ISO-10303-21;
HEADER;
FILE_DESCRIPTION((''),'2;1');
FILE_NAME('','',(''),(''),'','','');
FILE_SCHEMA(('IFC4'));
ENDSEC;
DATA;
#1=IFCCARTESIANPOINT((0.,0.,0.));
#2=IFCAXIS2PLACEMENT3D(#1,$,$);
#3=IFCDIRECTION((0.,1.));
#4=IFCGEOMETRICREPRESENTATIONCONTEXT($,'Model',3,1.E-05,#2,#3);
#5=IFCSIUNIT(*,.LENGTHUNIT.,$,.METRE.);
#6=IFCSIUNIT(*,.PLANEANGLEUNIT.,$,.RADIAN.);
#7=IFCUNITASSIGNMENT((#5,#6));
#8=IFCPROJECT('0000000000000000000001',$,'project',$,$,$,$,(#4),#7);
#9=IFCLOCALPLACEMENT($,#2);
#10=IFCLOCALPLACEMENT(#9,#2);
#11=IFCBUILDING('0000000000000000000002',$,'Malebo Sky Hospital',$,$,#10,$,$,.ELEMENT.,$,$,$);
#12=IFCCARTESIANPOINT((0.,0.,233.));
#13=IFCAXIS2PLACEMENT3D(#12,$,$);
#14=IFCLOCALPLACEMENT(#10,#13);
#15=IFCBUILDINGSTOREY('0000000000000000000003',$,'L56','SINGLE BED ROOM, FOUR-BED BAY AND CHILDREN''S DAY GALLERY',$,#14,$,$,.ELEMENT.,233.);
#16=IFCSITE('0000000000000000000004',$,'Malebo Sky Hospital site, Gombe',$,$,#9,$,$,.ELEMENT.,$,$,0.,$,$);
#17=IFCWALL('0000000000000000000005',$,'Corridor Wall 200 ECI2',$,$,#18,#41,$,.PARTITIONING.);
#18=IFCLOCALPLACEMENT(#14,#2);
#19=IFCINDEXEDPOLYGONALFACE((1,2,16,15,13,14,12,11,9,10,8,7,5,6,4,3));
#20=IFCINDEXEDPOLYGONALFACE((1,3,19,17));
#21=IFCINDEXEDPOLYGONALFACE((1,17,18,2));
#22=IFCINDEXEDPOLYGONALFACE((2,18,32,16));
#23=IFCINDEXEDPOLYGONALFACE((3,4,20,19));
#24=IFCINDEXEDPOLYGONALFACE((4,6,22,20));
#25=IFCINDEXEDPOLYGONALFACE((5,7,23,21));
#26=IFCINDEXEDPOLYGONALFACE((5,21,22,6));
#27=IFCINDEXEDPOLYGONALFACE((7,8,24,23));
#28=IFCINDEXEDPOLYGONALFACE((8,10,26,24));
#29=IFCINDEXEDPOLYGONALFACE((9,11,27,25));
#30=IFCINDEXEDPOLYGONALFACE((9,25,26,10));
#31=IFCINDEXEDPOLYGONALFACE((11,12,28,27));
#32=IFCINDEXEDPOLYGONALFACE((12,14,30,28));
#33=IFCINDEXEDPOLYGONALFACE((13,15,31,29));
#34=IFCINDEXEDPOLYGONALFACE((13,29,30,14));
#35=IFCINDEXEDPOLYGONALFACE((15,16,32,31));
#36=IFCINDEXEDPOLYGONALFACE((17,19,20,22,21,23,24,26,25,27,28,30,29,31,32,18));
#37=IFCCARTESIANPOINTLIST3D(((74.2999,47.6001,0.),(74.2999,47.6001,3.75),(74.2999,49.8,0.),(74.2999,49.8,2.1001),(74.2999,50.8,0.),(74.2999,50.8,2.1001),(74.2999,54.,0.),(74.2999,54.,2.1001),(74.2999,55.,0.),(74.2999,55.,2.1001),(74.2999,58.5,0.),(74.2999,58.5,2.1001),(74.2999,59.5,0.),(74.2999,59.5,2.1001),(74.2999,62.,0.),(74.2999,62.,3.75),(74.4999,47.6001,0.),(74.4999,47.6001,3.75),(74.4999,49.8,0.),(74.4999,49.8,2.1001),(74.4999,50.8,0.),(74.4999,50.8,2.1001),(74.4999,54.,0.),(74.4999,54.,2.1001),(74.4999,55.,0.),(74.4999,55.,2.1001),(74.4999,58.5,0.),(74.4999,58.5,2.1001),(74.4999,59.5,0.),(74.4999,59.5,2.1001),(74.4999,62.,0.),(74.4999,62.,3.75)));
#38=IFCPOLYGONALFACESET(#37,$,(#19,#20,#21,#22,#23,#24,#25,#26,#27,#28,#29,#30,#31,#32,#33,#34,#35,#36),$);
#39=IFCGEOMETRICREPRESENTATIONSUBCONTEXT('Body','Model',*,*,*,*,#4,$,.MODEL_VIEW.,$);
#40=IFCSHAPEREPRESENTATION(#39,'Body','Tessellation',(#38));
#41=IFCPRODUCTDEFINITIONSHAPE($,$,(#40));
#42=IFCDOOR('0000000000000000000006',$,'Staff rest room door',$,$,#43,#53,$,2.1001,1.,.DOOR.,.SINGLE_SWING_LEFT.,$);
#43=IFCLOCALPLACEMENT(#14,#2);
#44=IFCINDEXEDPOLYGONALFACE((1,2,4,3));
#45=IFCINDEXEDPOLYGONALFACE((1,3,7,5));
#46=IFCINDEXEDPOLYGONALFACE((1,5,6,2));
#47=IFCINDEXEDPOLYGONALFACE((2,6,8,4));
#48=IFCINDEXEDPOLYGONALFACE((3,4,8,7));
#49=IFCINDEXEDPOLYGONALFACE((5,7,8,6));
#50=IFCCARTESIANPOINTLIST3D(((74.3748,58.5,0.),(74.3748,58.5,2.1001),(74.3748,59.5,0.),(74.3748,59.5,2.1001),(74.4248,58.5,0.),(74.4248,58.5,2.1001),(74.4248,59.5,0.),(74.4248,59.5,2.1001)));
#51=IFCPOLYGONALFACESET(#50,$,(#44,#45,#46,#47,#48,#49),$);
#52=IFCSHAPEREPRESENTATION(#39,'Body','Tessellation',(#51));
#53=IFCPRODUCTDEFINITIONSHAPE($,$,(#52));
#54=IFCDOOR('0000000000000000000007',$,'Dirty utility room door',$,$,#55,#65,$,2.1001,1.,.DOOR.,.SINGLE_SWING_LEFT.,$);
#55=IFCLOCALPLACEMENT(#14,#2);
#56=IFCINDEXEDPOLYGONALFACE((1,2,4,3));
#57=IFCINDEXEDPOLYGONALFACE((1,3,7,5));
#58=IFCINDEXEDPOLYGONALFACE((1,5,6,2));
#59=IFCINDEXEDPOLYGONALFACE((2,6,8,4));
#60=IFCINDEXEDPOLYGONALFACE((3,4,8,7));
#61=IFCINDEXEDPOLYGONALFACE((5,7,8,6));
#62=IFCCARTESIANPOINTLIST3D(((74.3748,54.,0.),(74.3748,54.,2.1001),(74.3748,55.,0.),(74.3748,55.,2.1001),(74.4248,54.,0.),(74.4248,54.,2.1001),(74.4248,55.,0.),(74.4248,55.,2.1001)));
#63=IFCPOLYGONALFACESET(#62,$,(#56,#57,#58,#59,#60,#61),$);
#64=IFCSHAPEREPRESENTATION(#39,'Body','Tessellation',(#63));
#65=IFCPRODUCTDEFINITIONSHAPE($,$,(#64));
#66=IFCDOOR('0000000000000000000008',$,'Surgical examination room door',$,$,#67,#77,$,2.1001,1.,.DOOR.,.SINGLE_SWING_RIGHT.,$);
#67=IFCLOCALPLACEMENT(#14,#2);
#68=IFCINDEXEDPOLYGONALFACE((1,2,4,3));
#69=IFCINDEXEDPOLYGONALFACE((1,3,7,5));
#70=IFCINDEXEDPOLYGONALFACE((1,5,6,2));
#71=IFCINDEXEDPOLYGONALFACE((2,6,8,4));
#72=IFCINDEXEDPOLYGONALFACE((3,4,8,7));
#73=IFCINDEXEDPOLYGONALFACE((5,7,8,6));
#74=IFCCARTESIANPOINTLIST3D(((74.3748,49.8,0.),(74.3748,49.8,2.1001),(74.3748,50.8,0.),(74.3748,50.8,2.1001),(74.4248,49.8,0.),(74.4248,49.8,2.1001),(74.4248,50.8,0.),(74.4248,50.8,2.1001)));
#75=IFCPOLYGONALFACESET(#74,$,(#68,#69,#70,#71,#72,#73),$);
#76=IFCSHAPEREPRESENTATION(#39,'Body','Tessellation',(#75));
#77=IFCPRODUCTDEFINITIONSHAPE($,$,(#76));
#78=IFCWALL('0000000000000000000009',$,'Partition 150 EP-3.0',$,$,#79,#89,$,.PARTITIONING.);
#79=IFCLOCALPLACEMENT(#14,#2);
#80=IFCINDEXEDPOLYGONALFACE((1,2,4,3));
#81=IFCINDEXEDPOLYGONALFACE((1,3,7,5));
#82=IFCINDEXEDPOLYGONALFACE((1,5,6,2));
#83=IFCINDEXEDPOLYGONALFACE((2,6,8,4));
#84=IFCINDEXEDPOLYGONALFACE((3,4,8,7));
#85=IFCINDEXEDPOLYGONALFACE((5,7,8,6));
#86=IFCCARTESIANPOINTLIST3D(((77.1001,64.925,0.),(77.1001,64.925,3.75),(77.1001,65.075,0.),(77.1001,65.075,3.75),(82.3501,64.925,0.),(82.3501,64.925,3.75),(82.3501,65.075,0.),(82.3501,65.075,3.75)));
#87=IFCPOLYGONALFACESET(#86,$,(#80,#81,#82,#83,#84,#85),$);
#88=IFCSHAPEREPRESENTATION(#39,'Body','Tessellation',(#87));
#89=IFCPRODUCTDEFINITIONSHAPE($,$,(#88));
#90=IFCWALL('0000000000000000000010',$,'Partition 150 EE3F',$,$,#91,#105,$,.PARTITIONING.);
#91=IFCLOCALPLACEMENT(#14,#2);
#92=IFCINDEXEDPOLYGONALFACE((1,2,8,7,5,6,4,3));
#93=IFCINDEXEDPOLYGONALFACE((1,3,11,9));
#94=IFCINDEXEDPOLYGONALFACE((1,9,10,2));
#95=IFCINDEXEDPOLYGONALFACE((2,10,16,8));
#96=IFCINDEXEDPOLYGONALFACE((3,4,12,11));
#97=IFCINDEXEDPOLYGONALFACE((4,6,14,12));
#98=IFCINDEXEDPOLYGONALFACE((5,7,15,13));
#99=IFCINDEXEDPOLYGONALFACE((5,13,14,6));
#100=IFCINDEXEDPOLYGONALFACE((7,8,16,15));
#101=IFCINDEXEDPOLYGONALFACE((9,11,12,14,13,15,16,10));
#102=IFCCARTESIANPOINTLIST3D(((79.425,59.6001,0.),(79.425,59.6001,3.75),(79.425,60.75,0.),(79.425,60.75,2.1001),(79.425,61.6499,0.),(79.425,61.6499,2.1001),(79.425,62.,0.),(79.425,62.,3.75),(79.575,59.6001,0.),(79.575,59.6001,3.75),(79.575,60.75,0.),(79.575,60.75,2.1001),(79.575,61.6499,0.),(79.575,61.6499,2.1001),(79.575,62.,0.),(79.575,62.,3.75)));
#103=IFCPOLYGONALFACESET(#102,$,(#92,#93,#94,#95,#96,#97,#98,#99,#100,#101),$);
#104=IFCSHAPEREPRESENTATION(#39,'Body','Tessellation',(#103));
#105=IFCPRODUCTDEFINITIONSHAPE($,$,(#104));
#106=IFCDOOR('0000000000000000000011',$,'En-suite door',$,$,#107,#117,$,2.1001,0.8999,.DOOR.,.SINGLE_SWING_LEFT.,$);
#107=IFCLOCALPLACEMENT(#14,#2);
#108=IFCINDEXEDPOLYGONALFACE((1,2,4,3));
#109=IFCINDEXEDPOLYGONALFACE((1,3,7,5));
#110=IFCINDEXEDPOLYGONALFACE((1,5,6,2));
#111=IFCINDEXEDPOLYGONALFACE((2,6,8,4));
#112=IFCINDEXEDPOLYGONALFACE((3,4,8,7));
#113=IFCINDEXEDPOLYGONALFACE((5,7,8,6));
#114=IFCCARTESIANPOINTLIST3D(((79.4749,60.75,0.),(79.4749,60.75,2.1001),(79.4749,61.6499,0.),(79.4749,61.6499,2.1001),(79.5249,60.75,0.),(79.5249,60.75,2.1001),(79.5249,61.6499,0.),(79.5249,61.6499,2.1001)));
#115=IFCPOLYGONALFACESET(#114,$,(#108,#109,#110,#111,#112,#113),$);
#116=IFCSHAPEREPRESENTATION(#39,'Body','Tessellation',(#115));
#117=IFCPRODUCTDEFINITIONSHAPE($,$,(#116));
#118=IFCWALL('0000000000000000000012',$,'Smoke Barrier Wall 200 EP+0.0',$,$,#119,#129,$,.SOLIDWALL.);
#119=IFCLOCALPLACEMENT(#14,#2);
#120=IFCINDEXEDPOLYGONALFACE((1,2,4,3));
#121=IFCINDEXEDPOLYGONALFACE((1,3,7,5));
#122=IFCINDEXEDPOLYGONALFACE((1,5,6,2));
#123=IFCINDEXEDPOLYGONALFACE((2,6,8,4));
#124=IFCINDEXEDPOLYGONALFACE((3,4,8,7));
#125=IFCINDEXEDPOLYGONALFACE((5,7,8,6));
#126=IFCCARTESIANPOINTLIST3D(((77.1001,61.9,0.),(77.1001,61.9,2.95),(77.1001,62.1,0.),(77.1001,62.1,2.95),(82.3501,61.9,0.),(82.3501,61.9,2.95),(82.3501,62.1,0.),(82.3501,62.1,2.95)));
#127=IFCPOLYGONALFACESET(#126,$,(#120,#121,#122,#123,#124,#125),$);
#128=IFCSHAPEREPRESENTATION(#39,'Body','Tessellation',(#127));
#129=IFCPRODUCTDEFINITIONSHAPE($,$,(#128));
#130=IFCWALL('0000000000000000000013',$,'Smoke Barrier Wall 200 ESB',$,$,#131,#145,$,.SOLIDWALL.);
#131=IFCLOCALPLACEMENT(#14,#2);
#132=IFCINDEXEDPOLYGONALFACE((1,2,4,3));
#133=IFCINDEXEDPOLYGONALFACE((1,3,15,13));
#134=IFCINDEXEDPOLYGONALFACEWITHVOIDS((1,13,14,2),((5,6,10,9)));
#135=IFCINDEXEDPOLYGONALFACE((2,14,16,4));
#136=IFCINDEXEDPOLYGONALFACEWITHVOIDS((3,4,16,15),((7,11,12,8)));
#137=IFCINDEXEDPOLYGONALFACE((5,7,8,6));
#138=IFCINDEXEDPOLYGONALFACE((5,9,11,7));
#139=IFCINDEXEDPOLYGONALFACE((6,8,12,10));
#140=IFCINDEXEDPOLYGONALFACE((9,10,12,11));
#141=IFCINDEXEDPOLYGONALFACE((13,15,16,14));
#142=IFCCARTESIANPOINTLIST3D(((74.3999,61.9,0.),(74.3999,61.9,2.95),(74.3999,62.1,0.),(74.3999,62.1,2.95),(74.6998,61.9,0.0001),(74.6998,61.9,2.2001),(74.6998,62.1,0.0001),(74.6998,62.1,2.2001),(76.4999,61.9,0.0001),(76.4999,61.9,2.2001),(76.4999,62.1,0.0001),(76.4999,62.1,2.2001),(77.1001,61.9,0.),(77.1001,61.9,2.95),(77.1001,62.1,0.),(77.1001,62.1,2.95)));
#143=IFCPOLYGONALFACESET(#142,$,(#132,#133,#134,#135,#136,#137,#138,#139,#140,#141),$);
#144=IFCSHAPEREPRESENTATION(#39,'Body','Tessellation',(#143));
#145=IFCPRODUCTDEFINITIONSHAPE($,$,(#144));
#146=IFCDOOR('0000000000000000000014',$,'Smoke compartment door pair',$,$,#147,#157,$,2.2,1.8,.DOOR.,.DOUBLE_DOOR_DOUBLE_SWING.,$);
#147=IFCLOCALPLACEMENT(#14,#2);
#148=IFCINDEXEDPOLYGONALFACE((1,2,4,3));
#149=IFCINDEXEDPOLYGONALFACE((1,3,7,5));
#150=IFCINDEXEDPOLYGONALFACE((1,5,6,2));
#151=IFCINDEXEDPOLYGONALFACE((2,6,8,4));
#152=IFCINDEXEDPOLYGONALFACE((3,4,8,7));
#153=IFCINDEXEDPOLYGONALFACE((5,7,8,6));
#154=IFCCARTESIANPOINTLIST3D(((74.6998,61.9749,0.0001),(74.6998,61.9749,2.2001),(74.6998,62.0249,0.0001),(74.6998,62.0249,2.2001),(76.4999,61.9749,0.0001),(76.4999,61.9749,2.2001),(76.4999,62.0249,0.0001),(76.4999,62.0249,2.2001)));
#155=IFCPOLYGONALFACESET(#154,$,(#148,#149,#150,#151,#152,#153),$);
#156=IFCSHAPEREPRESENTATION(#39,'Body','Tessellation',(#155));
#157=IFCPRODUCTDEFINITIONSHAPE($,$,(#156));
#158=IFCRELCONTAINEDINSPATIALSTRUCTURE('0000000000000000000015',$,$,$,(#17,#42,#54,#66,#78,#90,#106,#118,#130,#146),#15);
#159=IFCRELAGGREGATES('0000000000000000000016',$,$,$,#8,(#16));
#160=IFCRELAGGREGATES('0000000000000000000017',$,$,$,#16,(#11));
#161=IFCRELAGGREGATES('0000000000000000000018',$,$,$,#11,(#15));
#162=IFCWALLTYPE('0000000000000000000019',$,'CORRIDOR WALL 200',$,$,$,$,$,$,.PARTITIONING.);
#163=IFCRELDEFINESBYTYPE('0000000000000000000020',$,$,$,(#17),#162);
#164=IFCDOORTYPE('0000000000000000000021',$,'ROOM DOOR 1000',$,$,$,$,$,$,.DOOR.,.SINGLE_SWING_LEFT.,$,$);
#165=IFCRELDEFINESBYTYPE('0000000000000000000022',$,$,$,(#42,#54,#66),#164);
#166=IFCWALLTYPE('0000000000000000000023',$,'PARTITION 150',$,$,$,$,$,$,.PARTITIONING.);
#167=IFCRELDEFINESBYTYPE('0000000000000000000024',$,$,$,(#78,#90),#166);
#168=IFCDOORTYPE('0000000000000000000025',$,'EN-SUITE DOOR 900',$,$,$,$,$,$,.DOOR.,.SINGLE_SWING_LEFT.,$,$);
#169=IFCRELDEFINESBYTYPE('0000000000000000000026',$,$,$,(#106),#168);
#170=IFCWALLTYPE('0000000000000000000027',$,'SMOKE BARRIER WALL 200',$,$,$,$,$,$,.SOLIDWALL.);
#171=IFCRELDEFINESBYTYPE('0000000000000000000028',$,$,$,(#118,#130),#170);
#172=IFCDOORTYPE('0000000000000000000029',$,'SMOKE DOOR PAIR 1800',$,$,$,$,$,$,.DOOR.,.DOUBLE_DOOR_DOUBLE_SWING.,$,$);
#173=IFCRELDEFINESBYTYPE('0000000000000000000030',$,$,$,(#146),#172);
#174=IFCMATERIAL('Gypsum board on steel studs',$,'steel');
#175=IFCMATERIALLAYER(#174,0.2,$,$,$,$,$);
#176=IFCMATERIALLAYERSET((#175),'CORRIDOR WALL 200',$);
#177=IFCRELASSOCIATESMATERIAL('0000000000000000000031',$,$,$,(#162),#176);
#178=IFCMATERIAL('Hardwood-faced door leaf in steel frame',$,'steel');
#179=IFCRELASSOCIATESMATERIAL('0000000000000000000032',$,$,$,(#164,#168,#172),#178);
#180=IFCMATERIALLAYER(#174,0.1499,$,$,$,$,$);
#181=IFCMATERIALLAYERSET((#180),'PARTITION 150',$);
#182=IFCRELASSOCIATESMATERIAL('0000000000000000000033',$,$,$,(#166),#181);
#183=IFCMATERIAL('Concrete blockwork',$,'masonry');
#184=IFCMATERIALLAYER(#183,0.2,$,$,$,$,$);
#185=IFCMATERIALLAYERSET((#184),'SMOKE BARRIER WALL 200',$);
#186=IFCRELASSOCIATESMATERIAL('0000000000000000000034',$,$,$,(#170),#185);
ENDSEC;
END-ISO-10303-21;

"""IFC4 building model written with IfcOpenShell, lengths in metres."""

from ifc_helpers import new_model, si_unit, direction, frame, frame_2d, origin, place, context, subcontext, project, spatial, rectangle, extrude, material, layer, layer_set, type_object, element, fill, save


model = new_model("IFC4")

# Units and contexts
model_context = context("Model", 3, precision=1e-05, world=origin(), true_north=direction((0.0, 1.0)))
body_context = subcontext(model_context, "Body", "Model", "MODEL_VIEW")
ifc_project = project(units=[si_unit("LENGTHUNIT", "METRE"), si_unit("PLANEANGLEUNIT", "RADIAN")], contexts=[model_context])

# Site, building, storey
site_placement = place(None, origin())
site = spatial("IfcSite", under=ifc_project, at=site_placement, Name="Malebo Sky Hospital site, Gombe", CompositionType="ELEMENT", RefElevation=0.0)
building_placement = place(site_placement, origin())
building = spatial("IfcBuilding", under=site, at=building_placement, Name="Malebo Sky Hospital", CompositionType="ELEMENT")
storey_placement = place(building_placement, frame((0.0, 0.0, 233.0)))
storey = spatial("IfcBuildingStorey", under=building, at=storey_placement, Name="L56", Description="SINGLE BED ROOM, FOUR-BED BAY AND CHILDREN'S DAY GALLERY", CompositionType="ELEMENT", Elevation=233.0)

# Wall, openings, doors
ifc_material_1 = material(Name="Gypsum board on steel studs", Category="steel")
ifc_layer_1 = layer(ifc_material_1, 0.2)
ifc_layer_set_1 = layer_set([ifc_layer_1], Name="CORRIDOR WALL 200")
wall_type_1 = type_object("IfcWallType", Name="CORRIDOR WALL 200", PredefinedType="PARTITIONING", material=ifc_layer_set_1)
wall_1_placement = place(storey_placement, frame((74.3999, 62.0, 0.0), z_axis=(0.0, 0.0, 1.0), x_axis=(0.0, -1.0, 0.0)))
wall_1 = element("IfcWall", 1, at=wall_1_placement, inside=storey, type_object=wall_type_1, Name="Corridor Wall 200 ECI2", PredefinedType="PARTITIONING", context=body_context, shape_type="SweptSolid", body=[
    extrude(rectangle(XDim=14.3999, YDim=0.2, at=frame_2d((7.2, 0.0))), origin(), (0.0, 0.0, 1.0), 3.75),
])
opening_1_placement = place(wall_1_placement, frame((2.5, 0.0, 0.0)))
opening_1 = element("IfcOpeningElement", 2, at=opening_1_placement, cuts=wall_1, PredefinedType="OPENING", context=body_context, shape_type="SweptSolid", body=[
    extrude(rectangle(XDim=1.0, YDim=2.1001, at=frame_2d((0.5, 1.05))), frame((0.0, 0.1099, 0.0), z_axis=(0.0, -1.0, 0.0), x_axis=(1.0, 0.0, 0.0)), (0.0, 0.0, 1.0), 0.22),
])
opening_2_placement = place(wall_1_placement, frame((7.0, 0.0, 0.0)))
opening_2 = element("IfcOpeningElement", 3, at=opening_2_placement, cuts=wall_1, PredefinedType="OPENING", context=body_context, shape_type="SweptSolid", body=[
    extrude(rectangle(XDim=1.0, YDim=2.1001, at=frame_2d((0.5, 1.05))), frame((0.0, 0.1099, 0.0), z_axis=(0.0, -1.0, 0.0), x_axis=(1.0, 0.0, 0.0)), (0.0, 0.0, 1.0), 0.22),
])
opening_3_placement = place(wall_1_placement, frame((11.2, 0.0, 0.0)))
opening_3 = element("IfcOpeningElement", 4, at=opening_3_placement, cuts=wall_1, PredefinedType="OPENING", context=body_context, shape_type="SweptSolid", body=[
    extrude(rectangle(XDim=1.0, YDim=2.1001, at=frame_2d((0.5, 1.05))), frame((0.0, 0.1099, 0.0), z_axis=(0.0, -1.0, 0.0), x_axis=(1.0, 0.0, 0.0)), (0.0, 0.0, 1.0), 0.22),
])
ifc_material_2 = material(Name="Hardwood-faced door leaf in steel frame", Category="steel")
door_type_1 = type_object("IfcDoorType", Name="ROOM DOOR 1000", OperationType="SINGLE_SWING_LEFT", PredefinedType="DOOR", material=ifc_material_2)
door_1_placement = place(opening_1_placement, origin())
door_1 = element("IfcDoor", 5, at=door_1_placement, inside=storey, type_object=door_type_1, Name="Staff rest room door", OperationType="SINGLE_SWING_LEFT", OverallHeight=2.1001, OverallWidth=1.0, PredefinedType="DOOR", context=body_context, shape_type="SweptSolid", body=[
    extrude(rectangle(XDim=1.0, YDim=2.1001, at=frame_2d((0.5, 1.05))), frame((0.0, 0.0249, 0.0), z_axis=(0.0, -1.0, 0.0), x_axis=(1.0, 0.0, 0.0)), (0.0, 0.0, 1.0), 0.05),
])
fill(opening_1, door_1)
door_2_placement = place(opening_2_placement, origin())
door_2 = element("IfcDoor", 6, at=door_2_placement, inside=storey, type_object=door_type_1, Name="Dirty utility room door", OperationType="SINGLE_SWING_LEFT", OverallHeight=2.1001, OverallWidth=1.0, PredefinedType="DOOR", context=body_context, shape_type="SweptSolid", body=[
    extrude(rectangle(XDim=1.0, YDim=2.1001, at=frame_2d((0.5, 1.05))), frame((0.0, 0.0249, 0.0), z_axis=(0.0, -1.0, 0.0), x_axis=(1.0, 0.0, 0.0)), (0.0, 0.0, 1.0), 0.05),
])
fill(opening_2, door_2)
door_3_placement = place(opening_3_placement, origin())
door_3 = element("IfcDoor", 7, at=door_3_placement, inside=storey, type_object=door_type_1, Name="Surgical examination room door", OperationType="SINGLE_SWING_RIGHT", OverallHeight=2.1001, OverallWidth=1.0, PredefinedType="DOOR", context=body_context, shape_type="SweptSolid", body=[
    extrude(rectangle(XDim=1.0, YDim=2.1001, at=frame_2d((0.5, 1.05))), frame((0.0, 0.0249, 0.0), z_axis=(0.0, -1.0, 0.0), x_axis=(1.0, 0.0, 0.0)), (0.0, 0.0, 1.0), 0.05),
])
fill(opening_3, door_3)

# Wall
ifc_layer_2 = layer(ifc_material_1, 0.1499)
ifc_layer_set_2 = layer_set([ifc_layer_2], Name="PARTITION 150")
wall_type_2 = type_object("IfcWallType", Name="PARTITION 150", PredefinedType="PARTITIONING", material=ifc_layer_set_2)
wall_2_placement = place(storey_placement, frame((77.1001, 65.0, 0.0), z_axis=(0.0, 0.0, 1.0), x_axis=(1.0, 0.0, 0.0)))
element("IfcWall", 8, at=wall_2_placement, inside=storey, type_object=wall_type_2, Name="Partition 150 EP-3.0", PredefinedType="PARTITIONING", context=body_context, shape_type="SweptSolid", body=[
    extrude(rectangle(XDim=5.25, YDim=0.1499, at=frame_2d((2.625, 0.0))), origin(), (0.0, 0.0, 1.0), 3.75),
])

# Wall, opening, door
wall_3_placement = place(storey_placement, frame((79.5, 62.0, 0.0), z_axis=(0.0, 0.0, 1.0), x_axis=(0.0, -1.0, 0.0)))
wall_3 = element("IfcWall", 9, at=wall_3_placement, inside=storey, type_object=wall_type_2, Name="Partition 150 EE3F", PredefinedType="PARTITIONING", context=body_context, shape_type="SweptSolid", body=[
    extrude(rectangle(XDim=2.3999, YDim=0.1499, at=frame_2d((1.2, 0.0))), origin(), (0.0, 0.0, 1.0), 3.75),
])
opening_4_placement = place(wall_3_placement, frame((0.3501, 0.0, 0.0)))
opening_4 = element("IfcOpeningElement", 10, at=opening_4_placement, cuts=wall_3, PredefinedType="OPENING", context=body_context, shape_type="SweptSolid", body=[
    extrude(rectangle(XDim=0.8999, YDim=2.1001, at=frame_2d((0.45, 1.05))), frame((0.0, 0.085, 0.0), z_axis=(0.0, -1.0, 0.0), x_axis=(1.0, 0.0, 0.0)), (0.0, 0.0, 1.0), 0.1699),
])
door_type_2 = type_object("IfcDoorType", Name="EN-SUITE DOOR 900", OperationType="SINGLE_SWING_LEFT", PredefinedType="DOOR", material=ifc_material_2)
door_4_placement = place(opening_4_placement, origin())
door_4 = element("IfcDoor", 11, at=door_4_placement, inside=storey, type_object=door_type_2, Name="En-suite door", OperationType="SINGLE_SWING_LEFT", OverallHeight=2.1001, OverallWidth=0.8999, PredefinedType="DOOR", context=body_context, shape_type="SweptSolid", body=[
    extrude(rectangle(XDim=0.8999, YDim=2.1001, at=frame_2d((0.45, 1.05))), frame((0.0, 0.0249, 0.0), z_axis=(0.0, -1.0, 0.0), x_axis=(1.0, 0.0, 0.0)), (0.0, 0.0, 1.0), 0.05),
])
fill(opening_4, door_4)

# Wall
ifc_material_3 = material(Name="Concrete blockwork", Category="masonry")
ifc_layer_3 = layer(ifc_material_3, 0.2)
ifc_layer_set_3 = layer_set([ifc_layer_3], Name="SMOKE BARRIER WALL 200")
wall_type_3 = type_object("IfcWallType", Name="SMOKE BARRIER WALL 200", PredefinedType="SOLIDWALL", material=ifc_layer_set_3)
wall_4_placement = place(storey_placement, frame((77.1001, 62.0, 0.0), z_axis=(0.0, 0.0, 1.0), x_axis=(1.0, 0.0, 0.0)))
element("IfcWall", 12, at=wall_4_placement, inside=storey, type_object=wall_type_3, Name="Smoke Barrier Wall 200 EP+0.0", PredefinedType="SOLIDWALL", context=body_context, shape_type="SweptSolid", body=[
    extrude(rectangle(XDim=5.25, YDim=0.2, at=frame_2d((2.625, 0.0))), origin(), (0.0, 0.0, 1.0), 2.95),
])

# Wall, opening, door
wall_5_placement = place(storey_placement, frame((74.3999, 62.0, 0.0), z_axis=(0.0, 0.0, 1.0), x_axis=(1.0, 0.0, 0.0)))
wall_5 = element("IfcWall", 13, at=wall_5_placement, inside=storey, type_object=wall_type_3, Name="Smoke Barrier Wall 200 ESB", PredefinedType="SOLIDWALL", context=body_context, shape_type="SweptSolid", body=[
    extrude(rectangle(XDim=2.7002, YDim=0.2, at=frame_2d((1.3501, 0.0))), origin(), (0.0, 0.0, 1.0), 2.95),
])
opening_5_placement = place(wall_5_placement, frame((0.3, 0.0, 0.0)))
opening_5 = element("IfcOpeningElement", 14, at=opening_5_placement, cuts=wall_5, PredefinedType="OPENING", context=body_context, shape_type="SweptSolid", body=[
    extrude(rectangle(XDim=1.8, YDim=2.2, at=frame_2d((0.8999, 1.1001))), frame((0.0, 0.1099, 0.0), z_axis=(0.0, -1.0, 0.0), x_axis=(1.0, 0.0, 0.0)), (0.0, 0.0, 1.0), 0.22),
])
door_type_3 = type_object("IfcDoorType", Name="SMOKE DOOR PAIR 1800", OperationType="DOUBLE_DOOR_DOUBLE_SWING", PredefinedType="DOOR", material=ifc_material_2)
door_5_placement = place(opening_5_placement, origin())
door_5 = element("IfcDoor", 15, at=door_5_placement, inside=storey, type_object=door_type_3, Name="Smoke compartment door pair", OperationType="DOUBLE_DOOR_DOUBLE_SWING", OverallHeight=2.2, OverallWidth=1.8, PredefinedType="DOOR", context=body_context, shape_type="SweptSolid", body=[
    extrude(rectangle(XDim=1.8, YDim=2.2, at=frame_2d((0.8999, 1.1001))), frame((0.0, 0.0249, 0.0), z_axis=(0.0, -1.0, 0.0), x_axis=(1.0, 0.0, 0.0)), (0.0, 0.0, 1.0), 0.05),
])
fill(opening_5, door_5)

save(model, "model.ifc")
